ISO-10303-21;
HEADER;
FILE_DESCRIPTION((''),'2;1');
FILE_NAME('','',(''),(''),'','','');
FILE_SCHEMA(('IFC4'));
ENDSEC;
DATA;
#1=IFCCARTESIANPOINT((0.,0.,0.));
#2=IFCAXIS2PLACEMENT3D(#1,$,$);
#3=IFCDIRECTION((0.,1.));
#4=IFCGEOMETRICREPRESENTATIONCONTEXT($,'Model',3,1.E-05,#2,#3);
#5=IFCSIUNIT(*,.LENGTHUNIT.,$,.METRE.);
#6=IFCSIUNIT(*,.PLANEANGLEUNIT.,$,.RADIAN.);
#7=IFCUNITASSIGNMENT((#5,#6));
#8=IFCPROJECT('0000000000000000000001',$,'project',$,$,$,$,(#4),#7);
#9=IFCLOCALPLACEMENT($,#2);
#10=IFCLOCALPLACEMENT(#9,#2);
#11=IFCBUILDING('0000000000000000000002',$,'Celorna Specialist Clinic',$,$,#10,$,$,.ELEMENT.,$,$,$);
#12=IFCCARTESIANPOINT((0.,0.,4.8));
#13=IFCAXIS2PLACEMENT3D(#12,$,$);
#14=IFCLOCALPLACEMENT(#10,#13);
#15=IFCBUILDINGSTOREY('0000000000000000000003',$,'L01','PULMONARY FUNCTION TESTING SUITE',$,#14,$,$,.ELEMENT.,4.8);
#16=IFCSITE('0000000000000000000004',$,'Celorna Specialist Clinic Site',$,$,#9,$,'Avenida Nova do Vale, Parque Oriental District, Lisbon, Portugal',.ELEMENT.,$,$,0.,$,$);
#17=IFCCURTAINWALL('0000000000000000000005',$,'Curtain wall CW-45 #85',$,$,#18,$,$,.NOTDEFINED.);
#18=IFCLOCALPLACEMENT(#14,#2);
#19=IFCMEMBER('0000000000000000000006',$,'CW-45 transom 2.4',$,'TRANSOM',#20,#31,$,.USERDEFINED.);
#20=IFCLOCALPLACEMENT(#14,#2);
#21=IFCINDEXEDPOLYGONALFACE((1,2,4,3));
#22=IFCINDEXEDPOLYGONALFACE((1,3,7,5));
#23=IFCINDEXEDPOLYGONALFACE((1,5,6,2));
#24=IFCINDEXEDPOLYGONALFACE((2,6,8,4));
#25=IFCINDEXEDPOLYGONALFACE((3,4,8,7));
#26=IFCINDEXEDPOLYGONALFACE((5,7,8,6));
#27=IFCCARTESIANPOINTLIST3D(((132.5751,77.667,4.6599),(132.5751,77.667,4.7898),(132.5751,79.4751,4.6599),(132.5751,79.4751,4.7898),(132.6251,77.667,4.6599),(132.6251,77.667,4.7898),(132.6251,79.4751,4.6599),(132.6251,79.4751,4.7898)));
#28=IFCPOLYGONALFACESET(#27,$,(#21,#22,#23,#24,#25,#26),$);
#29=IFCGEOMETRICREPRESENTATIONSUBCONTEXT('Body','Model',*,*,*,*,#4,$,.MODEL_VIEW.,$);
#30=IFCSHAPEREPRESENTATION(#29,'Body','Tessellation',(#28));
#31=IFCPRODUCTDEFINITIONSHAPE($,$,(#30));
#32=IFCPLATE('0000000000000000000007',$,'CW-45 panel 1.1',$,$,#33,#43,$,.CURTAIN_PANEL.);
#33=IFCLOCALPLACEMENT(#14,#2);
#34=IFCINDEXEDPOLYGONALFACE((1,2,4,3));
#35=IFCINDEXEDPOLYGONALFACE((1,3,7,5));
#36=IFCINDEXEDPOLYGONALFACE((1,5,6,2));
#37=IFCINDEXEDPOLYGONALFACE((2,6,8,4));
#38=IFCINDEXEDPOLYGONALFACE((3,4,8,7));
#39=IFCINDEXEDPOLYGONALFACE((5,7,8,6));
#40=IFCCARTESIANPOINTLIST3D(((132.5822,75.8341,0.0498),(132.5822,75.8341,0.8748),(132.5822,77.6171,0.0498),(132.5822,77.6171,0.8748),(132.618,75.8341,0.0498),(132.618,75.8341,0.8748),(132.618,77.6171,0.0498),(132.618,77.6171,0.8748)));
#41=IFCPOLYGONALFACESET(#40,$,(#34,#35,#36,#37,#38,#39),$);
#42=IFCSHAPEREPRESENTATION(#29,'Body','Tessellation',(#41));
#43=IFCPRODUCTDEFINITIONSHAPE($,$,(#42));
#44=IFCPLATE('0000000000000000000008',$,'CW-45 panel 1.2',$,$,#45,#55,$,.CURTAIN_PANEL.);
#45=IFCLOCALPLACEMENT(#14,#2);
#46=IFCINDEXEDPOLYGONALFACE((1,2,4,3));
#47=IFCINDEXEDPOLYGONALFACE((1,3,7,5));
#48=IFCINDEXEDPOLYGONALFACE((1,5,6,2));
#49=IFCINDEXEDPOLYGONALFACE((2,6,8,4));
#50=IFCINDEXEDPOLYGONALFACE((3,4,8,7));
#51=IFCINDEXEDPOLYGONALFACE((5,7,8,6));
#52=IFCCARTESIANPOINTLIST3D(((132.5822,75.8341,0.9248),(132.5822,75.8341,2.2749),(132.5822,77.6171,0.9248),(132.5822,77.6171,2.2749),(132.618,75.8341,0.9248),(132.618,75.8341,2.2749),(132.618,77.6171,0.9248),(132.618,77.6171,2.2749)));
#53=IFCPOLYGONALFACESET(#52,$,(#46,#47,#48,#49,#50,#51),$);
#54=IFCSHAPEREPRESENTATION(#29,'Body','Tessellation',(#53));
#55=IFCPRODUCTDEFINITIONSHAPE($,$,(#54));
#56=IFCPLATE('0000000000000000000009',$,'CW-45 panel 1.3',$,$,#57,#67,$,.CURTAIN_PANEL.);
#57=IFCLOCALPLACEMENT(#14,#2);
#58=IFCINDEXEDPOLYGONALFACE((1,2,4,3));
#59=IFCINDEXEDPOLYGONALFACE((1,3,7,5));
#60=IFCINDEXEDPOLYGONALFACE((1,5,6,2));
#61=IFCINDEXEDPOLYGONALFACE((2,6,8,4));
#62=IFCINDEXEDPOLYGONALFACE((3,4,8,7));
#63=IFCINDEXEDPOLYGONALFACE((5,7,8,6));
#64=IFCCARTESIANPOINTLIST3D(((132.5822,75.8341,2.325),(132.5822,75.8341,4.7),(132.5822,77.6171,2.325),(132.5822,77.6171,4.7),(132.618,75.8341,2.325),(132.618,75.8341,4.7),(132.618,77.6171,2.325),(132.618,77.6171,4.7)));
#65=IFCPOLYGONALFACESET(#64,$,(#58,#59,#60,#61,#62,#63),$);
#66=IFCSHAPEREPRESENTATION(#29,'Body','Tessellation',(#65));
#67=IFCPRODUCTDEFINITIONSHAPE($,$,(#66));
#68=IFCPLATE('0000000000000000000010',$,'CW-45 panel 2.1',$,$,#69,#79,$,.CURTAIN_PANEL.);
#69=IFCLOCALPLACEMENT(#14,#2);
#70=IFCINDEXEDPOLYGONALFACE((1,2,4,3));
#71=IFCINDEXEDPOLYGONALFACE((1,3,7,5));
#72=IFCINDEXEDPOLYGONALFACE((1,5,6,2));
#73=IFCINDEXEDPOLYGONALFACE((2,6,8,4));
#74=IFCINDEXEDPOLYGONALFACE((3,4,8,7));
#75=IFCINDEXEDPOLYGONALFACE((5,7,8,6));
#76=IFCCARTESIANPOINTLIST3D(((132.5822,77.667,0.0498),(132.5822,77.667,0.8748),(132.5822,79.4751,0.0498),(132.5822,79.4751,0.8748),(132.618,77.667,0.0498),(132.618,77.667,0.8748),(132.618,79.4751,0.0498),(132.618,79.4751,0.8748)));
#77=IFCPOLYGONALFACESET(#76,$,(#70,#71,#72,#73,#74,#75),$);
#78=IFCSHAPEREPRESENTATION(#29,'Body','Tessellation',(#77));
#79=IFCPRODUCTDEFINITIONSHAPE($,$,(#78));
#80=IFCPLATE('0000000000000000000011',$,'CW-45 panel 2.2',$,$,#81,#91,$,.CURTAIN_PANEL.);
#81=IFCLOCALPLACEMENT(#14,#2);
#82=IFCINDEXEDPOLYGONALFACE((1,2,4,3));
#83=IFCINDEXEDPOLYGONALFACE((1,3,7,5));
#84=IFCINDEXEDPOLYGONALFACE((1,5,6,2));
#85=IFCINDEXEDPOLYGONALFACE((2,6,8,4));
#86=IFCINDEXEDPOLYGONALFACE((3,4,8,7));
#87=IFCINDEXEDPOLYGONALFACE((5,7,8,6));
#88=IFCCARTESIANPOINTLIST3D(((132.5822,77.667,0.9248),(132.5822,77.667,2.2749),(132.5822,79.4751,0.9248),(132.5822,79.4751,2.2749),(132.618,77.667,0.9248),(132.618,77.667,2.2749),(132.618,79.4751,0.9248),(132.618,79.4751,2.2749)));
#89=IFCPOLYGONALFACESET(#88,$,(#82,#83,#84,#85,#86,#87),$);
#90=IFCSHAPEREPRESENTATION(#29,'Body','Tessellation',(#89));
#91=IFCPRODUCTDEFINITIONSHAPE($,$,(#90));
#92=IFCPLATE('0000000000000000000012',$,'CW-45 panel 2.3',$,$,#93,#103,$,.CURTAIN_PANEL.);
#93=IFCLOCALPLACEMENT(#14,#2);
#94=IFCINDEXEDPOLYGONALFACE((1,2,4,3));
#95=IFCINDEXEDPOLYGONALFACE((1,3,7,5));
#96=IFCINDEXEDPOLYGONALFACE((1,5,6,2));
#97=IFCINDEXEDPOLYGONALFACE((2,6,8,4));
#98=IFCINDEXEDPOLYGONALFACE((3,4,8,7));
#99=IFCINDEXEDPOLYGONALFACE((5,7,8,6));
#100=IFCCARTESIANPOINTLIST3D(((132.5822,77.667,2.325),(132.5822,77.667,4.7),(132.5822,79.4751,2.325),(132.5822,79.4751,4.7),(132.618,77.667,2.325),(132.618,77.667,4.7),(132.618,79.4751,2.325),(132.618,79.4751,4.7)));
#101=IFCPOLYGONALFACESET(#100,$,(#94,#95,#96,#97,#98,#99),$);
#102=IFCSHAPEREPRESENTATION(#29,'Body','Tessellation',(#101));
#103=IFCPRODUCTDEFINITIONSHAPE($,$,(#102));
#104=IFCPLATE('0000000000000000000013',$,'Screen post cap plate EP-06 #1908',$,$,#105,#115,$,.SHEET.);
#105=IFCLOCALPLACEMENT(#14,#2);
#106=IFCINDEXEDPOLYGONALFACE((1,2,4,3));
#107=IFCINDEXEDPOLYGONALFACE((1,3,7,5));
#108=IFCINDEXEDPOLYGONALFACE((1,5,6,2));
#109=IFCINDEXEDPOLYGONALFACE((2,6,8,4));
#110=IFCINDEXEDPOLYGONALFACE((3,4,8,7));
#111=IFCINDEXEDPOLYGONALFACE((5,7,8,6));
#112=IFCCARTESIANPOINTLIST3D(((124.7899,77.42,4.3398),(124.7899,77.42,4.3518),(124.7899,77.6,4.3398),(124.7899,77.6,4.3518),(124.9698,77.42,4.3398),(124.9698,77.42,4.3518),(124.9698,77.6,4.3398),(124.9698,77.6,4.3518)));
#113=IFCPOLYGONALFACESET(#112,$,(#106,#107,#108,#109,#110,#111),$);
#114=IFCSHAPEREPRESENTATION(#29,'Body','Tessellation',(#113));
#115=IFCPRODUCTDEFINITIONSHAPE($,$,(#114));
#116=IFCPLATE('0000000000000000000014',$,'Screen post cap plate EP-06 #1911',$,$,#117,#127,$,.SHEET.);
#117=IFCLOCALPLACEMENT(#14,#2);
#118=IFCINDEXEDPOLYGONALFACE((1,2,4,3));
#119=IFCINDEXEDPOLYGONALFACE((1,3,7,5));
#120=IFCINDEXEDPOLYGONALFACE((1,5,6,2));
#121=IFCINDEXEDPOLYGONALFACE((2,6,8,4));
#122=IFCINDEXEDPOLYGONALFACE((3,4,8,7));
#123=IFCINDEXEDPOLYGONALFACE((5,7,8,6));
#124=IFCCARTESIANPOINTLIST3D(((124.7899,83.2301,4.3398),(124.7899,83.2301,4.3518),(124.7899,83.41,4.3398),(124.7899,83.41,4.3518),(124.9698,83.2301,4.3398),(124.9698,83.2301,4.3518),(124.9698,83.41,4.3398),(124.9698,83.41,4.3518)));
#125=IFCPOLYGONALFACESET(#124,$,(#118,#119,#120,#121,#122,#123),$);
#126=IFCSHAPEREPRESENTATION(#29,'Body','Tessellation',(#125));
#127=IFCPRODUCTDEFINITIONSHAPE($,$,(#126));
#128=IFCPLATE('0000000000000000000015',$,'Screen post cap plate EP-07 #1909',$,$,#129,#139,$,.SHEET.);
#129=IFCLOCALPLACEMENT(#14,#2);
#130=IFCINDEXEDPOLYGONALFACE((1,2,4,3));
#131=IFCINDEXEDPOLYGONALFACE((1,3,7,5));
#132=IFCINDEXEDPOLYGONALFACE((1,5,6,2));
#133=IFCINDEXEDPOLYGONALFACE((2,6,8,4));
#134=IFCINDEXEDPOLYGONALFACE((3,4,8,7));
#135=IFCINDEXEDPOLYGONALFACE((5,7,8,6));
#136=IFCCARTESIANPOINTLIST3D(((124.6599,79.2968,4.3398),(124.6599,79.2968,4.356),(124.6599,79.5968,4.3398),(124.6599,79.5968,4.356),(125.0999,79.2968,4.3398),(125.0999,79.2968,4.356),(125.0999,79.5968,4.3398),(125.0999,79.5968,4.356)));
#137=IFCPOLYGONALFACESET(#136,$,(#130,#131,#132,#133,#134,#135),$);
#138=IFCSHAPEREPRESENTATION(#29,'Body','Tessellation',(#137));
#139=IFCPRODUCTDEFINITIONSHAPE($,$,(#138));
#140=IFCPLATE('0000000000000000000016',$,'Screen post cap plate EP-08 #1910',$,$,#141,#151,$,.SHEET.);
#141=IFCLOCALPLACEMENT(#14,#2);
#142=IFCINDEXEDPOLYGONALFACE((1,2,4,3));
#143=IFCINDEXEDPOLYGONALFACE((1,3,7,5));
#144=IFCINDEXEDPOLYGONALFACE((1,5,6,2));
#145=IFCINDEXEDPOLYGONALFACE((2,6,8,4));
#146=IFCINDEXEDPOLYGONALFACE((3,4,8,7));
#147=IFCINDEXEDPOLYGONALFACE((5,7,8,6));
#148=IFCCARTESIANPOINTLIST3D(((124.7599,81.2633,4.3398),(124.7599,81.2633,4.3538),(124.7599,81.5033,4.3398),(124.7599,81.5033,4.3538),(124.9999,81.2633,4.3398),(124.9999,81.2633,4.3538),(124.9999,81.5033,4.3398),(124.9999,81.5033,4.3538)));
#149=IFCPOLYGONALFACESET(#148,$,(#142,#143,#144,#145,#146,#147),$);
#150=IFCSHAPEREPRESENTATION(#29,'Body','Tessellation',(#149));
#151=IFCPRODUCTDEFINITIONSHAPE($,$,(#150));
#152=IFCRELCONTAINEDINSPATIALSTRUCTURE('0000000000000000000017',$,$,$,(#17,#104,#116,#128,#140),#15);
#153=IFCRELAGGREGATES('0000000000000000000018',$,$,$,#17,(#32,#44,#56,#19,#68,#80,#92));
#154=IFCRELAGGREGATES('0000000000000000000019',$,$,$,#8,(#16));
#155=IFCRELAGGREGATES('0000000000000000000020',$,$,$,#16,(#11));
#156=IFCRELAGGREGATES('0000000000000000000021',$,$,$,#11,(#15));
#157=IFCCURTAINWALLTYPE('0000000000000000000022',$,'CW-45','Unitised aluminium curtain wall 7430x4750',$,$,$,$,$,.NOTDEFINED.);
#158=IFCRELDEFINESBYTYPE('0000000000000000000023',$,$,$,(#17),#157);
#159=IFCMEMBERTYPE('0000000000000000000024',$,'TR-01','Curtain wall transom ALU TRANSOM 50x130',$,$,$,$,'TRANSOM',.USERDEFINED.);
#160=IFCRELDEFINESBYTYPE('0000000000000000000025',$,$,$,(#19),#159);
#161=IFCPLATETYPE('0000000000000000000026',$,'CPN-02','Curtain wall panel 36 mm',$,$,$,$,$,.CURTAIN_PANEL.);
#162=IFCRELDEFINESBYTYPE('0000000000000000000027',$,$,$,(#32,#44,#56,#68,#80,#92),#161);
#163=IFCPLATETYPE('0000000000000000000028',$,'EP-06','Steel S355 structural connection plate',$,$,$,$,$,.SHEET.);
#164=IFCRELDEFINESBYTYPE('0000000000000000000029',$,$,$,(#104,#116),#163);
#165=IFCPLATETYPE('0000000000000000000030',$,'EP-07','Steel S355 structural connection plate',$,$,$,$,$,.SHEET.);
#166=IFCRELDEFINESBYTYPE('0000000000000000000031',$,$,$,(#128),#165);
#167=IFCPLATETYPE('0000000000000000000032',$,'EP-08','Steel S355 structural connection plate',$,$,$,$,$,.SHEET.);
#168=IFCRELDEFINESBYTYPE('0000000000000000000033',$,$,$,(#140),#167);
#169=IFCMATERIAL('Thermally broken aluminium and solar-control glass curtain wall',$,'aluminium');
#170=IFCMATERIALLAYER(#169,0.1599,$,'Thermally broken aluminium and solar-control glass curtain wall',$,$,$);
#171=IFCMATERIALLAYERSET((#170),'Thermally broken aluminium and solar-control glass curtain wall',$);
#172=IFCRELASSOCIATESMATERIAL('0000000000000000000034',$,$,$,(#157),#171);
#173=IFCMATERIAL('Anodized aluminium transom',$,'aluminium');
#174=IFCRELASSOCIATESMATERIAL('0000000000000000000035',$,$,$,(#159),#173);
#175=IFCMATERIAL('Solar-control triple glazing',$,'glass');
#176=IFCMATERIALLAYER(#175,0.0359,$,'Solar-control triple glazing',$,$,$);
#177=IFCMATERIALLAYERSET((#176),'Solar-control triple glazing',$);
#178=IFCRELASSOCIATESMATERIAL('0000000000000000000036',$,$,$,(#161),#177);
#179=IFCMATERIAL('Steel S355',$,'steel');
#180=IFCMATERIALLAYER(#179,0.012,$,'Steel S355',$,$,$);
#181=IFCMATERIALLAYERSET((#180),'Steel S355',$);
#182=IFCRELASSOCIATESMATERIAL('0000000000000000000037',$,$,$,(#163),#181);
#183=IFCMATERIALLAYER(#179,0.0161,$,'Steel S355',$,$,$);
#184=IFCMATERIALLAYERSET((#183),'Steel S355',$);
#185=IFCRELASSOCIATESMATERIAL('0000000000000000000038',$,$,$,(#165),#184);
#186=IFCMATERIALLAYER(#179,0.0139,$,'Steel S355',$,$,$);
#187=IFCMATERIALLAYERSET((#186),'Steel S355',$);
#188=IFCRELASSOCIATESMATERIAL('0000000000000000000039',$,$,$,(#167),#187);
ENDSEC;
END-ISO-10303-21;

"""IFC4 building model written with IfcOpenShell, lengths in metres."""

from ifc_helpers import new_model, si_unit, direction, frame, origin, origin_2d, place, context, subcontext, project, spatial, rectangle, extrude, material, layer, layer_set, material_profile, profile_set, type_object, element, aggregate, save


model = new_model("IFC4")

# Units and contexts
model_context = context("Model", 3, precision=1e-05, world=origin(), true_north=direction((0.0, 1.0)))
body_context = subcontext(model_context, "Body", "Model", "MODEL_VIEW")
ifc_project = project(units=[si_unit("LENGTHUNIT", "METRE"), si_unit("PLANEANGLEUNIT", "RADIAN")], contexts=[model_context])

# Site, building, storey
site_placement = place(None, origin())
site = spatial("IfcSite", under=ifc_project, at=site_placement, Name="Celorna Specialist Clinic Site", LongName="Avenida Nova do Vale, Parque Oriental District, Lisbon, Portugal", CompositionType="ELEMENT", RefElevation=0.0)
building_placement = place(site_placement, origin())
building = spatial("IfcBuilding", under=site, at=building_placement, Name="Celorna Specialist Clinic", CompositionType="ELEMENT")
storey_placement = place(building_placement, frame((0.0, 0.0, 4.8)))
storey = spatial("IfcBuildingStorey", under=building, at=storey_placement, Name="L01", Description="PULMONARY FUNCTION TESTING SUITE", CompositionType="ELEMENT", Elevation=4.8)

# Shared definitions
ifc_material_1 = material(Name="Steel S355", Category="steel")

# Curtain wall, member, plates
ifc_material_2 = material(Name="Thermally broken aluminium and solar-control glass curtain wall", Category="aluminium")
ifc_layer_1 = layer(ifc_material_2, 0.1599, Name="Thermally broken aluminium and solar-control glass curtain wall")
ifc_layer_set_1 = layer_set([ifc_layer_1], Name="Thermally broken aluminium and solar-control glass curtain wall")
curtain_wall_type = type_object("IfcCurtainWallType", Name="CW-45", Description="Unitised aluminium curtain wall 7430x4750", PredefinedType="NOTDEFINED", material=ifc_layer_set_1)
curtain_wall_placement = place(storey_placement, origin())
curtain_wall = element("IfcCurtainWall", 1, at=curtain_wall_placement, inside=storey, type_object=curtain_wall_type, Name="Curtain wall CW-45 #85", PredefinedType="NOTDEFINED")
ifc_material_3 = material(Name="Anodized aluminium transom", Category="aluminium")
ifc_material_profile_1 = material_profile(ifc_material_3, rectangle(XDim=0.05, YDim=0.1299, at=origin_2d()), Name="ALU TRANSOM 50x130")
ifc_profile_set_1 = profile_set([ifc_material_profile_1], Name="Anodized aluminium transom")
member_type_1 = type_object("IfcMemberType", Name="TR-01", Description="Curtain wall transom ALU TRANSOM 50x130", ElementType="TRANSOM", PredefinedType="USERDEFINED", material=ifc_profile_set_1)
member_1_placement = place(storey_placement, frame((132.6001, 77.667, 4.7249), z_axis=(0.0, 1.0, 0.0), x_axis=(-1.0, 0.0, 0.0)))
member_1 = element("IfcMember", 2, at=member_1_placement, type_object=member_type_1, Name="CW-45 transom 2.4", ObjectType="TRANSOM", PredefinedType="USERDEFINED", context=body_context, shape_type="SweptSolid", body=[
    extrude(rectangle(XDim=0.05, YDim=0.1299, at=origin_2d()), origin(), (0.0, 0.0, 1.0), 1.8081),
])
ifc_material_4 = material(Name="Solar-control triple glazing", Category="glass")
ifc_layer_2 = layer(ifc_material_4, 0.0359, Name="Solar-control triple glazing")
ifc_layer_set_2 = layer_set([ifc_layer_2], Name="Solar-control triple glazing")
plate_type_1 = type_object("IfcPlateType", Name="CPN-02", Description="Curtain wall panel 36 mm", PredefinedType="CURTAIN_PANEL", material=ifc_layer_set_2)
plate_1_placement = place(storey_placement, frame((132.6001, 76.7256, 0.0498), z_axis=(0.0, 0.0, 1.0), x_axis=(0.0, 1.0, 0.0)))
plate_1 = element("IfcPlate", 3, at=plate_1_placement, type_object=plate_type_1, Name="CW-45 panel 1.1", PredefinedType="CURTAIN_PANEL", context=body_context, shape_type="SweptSolid", body=[
    extrude(rectangle(XDim=1.783, YDim=0.0359, at=origin_2d()), origin(), (0.0, 0.0, 1.0), 0.825),
])
plate_2_placement = place(storey_placement, frame((132.6001, 76.7256, 0.9248), z_axis=(0.0, 0.0, 1.0), x_axis=(0.0, 1.0, 0.0)))
plate_2 = element("IfcPlate", 4, at=plate_2_placement, type_object=plate_type_1, Name="CW-45 panel 1.2", PredefinedType="CURTAIN_PANEL", context=body_context, shape_type="SweptSolid", body=[
    extrude(rectangle(XDim=1.783, YDim=0.0359, at=origin_2d()), origin(), (0.0, 0.0, 1.0), 1.3501),
])
plate_3_placement = place(storey_placement, frame((132.6001, 76.7256, 2.325), z_axis=(0.0, 0.0, 1.0), x_axis=(0.0, 1.0, 0.0)))
plate_3 = element("IfcPlate", 5, at=plate_3_placement, type_object=plate_type_1, Name="CW-45 panel 1.3", PredefinedType="CURTAIN_PANEL", context=body_context, shape_type="SweptSolid", body=[
    extrude(rectangle(XDim=1.783, YDim=0.0359, at=origin_2d()), origin(), (0.0, 0.0, 1.0), 2.375),
])
plate_4_placement = place(storey_placement, frame((132.6001, 78.571, 0.0498), z_axis=(0.0, 0.0, 1.0), x_axis=(0.0, 1.0, 0.0)))
plate_4 = element("IfcPlate", 6, at=plate_4_placement, type_object=plate_type_1, Name="CW-45 panel 2.1", PredefinedType="CURTAIN_PANEL", context=body_context, shape_type="SweptSolid", body=[
    extrude(rectangle(XDim=1.8081, YDim=0.0359, at=origin_2d()), origin(), (0.0, 0.0, 1.0), 0.825),
])
plate_5_placement = place(storey_placement, frame((132.6001, 78.571, 0.9248), z_axis=(0.0, 0.0, 1.0), x_axis=(0.0, 1.0, 0.0)))
plate_5 = element("IfcPlate", 7, at=plate_5_placement, type_object=plate_type_1, Name="CW-45 panel 2.2", PredefinedType="CURTAIN_PANEL", context=body_context, shape_type="SweptSolid", body=[
    extrude(rectangle(XDim=1.8081, YDim=0.0359, at=origin_2d()), origin(), (0.0, 0.0, 1.0), 1.3501),
])
plate_6_placement = place(storey_placement, frame((132.6001, 78.571, 2.325), z_axis=(0.0, 0.0, 1.0), x_axis=(0.0, 1.0, 0.0)))
plate_6 = element("IfcPlate", 8, at=plate_6_placement, type_object=plate_type_1, Name="CW-45 panel 2.3", PredefinedType="CURTAIN_PANEL", context=body_context, shape_type="SweptSolid", body=[
    extrude(rectangle(XDim=1.8081, YDim=0.0359, at=origin_2d()), origin(), (0.0, 0.0, 1.0), 2.375),
])
aggregate(curtain_wall, [plate_1, plate_2, plate_3, member_1, plate_4, plate_5, plate_6])

# Plates
ifc_layer_3 = layer(ifc_material_1, 0.012, Name="Steel S355")
ifc_layer_set_3 = layer_set([ifc_layer_3], Name="Steel S355")
plate_type_2 = type_object("IfcPlateType", Name="EP-06", Description="Steel S355 structural connection plate", PredefinedType="SHEET", material=ifc_layer_set_3)
for number, where, z_axis, x_axis, name in (
    (9, (124.8799, 77.51, 4.3398), (0.0, 0.0, 1.0), (0.0, 1.0, 0.0), "Screen post cap plate EP-06 #1908"),
    (10, (124.8799, 83.3201, 4.3398), (0.0, 0.0, 1.0), (0.0, 1.0, 0.0), "Screen post cap plate EP-06 #1911"),
):
    element("IfcPlate", number, at=place(storey_placement, frame(where, z_axis=z_axis, x_axis=x_axis)), inside=storey, type_object=plate_type_2, Name=name, PredefinedType="SHEET", context=body_context, shape_type="SweptSolid", body=[
        extrude(rectangle(XDim=0.1799, YDim=0.1799, at=origin_2d()), origin(), (0.0, 0.0, 1.0), 0.012),
    ])
ifc_layer_4 = layer(ifc_material_1, 0.0161, Name="Steel S355")
ifc_layer_set_4 = layer_set([ifc_layer_4], Name="Steel S355")
plate_type_3 = type_object("IfcPlateType", Name="EP-07", Description="Steel S355 structural connection plate", PredefinedType="SHEET", material=ifc_layer_set_4)
plate_7_placement = place(storey_placement, frame((124.8799, 79.4468, 4.3398), z_axis=(0.0, 0.0, 1.0), x_axis=(0.0, 1.0, 0.0)))
element("IfcPlate", 11, at=plate_7_placement, inside=storey, type_object=plate_type_3, Name="Screen post cap plate EP-07 #1909", PredefinedType="SHEET", context=body_context, shape_type="SweptSolid", body=[
    extrude(rectangle(XDim=0.3, YDim=0.4399, at=origin_2d()), origin(), (0.0, 0.0, 1.0), 0.0161),
])
ifc_layer_5 = layer(ifc_material_1, 0.0139, Name="Steel S355")
ifc_layer_set_5 = layer_set([ifc_layer_5], Name="Steel S355")
plate_type_4 = type_object("IfcPlateType", Name="EP-08", Description="Steel S355 structural connection plate", PredefinedType="SHEET", material=ifc_layer_set_5)
plate_8_placement = place(storey_placement, frame((124.8799, 81.3833, 4.3398), z_axis=(0.0, 0.0, 1.0), x_axis=(0.0, 1.0, 0.0)))
element("IfcPlate", 12, at=plate_8_placement, inside=storey, type_object=plate_type_4, Name="Screen post cap plate EP-08 #1910", PredefinedType="SHEET", context=body_context, shape_type="SweptSolid", body=[
    extrude(rectangle(XDim=0.24, YDim=0.24, at=origin_2d()), origin(), (0.0, 0.0, 1.0), 0.0139),
])

save(model, "model.ifc")
